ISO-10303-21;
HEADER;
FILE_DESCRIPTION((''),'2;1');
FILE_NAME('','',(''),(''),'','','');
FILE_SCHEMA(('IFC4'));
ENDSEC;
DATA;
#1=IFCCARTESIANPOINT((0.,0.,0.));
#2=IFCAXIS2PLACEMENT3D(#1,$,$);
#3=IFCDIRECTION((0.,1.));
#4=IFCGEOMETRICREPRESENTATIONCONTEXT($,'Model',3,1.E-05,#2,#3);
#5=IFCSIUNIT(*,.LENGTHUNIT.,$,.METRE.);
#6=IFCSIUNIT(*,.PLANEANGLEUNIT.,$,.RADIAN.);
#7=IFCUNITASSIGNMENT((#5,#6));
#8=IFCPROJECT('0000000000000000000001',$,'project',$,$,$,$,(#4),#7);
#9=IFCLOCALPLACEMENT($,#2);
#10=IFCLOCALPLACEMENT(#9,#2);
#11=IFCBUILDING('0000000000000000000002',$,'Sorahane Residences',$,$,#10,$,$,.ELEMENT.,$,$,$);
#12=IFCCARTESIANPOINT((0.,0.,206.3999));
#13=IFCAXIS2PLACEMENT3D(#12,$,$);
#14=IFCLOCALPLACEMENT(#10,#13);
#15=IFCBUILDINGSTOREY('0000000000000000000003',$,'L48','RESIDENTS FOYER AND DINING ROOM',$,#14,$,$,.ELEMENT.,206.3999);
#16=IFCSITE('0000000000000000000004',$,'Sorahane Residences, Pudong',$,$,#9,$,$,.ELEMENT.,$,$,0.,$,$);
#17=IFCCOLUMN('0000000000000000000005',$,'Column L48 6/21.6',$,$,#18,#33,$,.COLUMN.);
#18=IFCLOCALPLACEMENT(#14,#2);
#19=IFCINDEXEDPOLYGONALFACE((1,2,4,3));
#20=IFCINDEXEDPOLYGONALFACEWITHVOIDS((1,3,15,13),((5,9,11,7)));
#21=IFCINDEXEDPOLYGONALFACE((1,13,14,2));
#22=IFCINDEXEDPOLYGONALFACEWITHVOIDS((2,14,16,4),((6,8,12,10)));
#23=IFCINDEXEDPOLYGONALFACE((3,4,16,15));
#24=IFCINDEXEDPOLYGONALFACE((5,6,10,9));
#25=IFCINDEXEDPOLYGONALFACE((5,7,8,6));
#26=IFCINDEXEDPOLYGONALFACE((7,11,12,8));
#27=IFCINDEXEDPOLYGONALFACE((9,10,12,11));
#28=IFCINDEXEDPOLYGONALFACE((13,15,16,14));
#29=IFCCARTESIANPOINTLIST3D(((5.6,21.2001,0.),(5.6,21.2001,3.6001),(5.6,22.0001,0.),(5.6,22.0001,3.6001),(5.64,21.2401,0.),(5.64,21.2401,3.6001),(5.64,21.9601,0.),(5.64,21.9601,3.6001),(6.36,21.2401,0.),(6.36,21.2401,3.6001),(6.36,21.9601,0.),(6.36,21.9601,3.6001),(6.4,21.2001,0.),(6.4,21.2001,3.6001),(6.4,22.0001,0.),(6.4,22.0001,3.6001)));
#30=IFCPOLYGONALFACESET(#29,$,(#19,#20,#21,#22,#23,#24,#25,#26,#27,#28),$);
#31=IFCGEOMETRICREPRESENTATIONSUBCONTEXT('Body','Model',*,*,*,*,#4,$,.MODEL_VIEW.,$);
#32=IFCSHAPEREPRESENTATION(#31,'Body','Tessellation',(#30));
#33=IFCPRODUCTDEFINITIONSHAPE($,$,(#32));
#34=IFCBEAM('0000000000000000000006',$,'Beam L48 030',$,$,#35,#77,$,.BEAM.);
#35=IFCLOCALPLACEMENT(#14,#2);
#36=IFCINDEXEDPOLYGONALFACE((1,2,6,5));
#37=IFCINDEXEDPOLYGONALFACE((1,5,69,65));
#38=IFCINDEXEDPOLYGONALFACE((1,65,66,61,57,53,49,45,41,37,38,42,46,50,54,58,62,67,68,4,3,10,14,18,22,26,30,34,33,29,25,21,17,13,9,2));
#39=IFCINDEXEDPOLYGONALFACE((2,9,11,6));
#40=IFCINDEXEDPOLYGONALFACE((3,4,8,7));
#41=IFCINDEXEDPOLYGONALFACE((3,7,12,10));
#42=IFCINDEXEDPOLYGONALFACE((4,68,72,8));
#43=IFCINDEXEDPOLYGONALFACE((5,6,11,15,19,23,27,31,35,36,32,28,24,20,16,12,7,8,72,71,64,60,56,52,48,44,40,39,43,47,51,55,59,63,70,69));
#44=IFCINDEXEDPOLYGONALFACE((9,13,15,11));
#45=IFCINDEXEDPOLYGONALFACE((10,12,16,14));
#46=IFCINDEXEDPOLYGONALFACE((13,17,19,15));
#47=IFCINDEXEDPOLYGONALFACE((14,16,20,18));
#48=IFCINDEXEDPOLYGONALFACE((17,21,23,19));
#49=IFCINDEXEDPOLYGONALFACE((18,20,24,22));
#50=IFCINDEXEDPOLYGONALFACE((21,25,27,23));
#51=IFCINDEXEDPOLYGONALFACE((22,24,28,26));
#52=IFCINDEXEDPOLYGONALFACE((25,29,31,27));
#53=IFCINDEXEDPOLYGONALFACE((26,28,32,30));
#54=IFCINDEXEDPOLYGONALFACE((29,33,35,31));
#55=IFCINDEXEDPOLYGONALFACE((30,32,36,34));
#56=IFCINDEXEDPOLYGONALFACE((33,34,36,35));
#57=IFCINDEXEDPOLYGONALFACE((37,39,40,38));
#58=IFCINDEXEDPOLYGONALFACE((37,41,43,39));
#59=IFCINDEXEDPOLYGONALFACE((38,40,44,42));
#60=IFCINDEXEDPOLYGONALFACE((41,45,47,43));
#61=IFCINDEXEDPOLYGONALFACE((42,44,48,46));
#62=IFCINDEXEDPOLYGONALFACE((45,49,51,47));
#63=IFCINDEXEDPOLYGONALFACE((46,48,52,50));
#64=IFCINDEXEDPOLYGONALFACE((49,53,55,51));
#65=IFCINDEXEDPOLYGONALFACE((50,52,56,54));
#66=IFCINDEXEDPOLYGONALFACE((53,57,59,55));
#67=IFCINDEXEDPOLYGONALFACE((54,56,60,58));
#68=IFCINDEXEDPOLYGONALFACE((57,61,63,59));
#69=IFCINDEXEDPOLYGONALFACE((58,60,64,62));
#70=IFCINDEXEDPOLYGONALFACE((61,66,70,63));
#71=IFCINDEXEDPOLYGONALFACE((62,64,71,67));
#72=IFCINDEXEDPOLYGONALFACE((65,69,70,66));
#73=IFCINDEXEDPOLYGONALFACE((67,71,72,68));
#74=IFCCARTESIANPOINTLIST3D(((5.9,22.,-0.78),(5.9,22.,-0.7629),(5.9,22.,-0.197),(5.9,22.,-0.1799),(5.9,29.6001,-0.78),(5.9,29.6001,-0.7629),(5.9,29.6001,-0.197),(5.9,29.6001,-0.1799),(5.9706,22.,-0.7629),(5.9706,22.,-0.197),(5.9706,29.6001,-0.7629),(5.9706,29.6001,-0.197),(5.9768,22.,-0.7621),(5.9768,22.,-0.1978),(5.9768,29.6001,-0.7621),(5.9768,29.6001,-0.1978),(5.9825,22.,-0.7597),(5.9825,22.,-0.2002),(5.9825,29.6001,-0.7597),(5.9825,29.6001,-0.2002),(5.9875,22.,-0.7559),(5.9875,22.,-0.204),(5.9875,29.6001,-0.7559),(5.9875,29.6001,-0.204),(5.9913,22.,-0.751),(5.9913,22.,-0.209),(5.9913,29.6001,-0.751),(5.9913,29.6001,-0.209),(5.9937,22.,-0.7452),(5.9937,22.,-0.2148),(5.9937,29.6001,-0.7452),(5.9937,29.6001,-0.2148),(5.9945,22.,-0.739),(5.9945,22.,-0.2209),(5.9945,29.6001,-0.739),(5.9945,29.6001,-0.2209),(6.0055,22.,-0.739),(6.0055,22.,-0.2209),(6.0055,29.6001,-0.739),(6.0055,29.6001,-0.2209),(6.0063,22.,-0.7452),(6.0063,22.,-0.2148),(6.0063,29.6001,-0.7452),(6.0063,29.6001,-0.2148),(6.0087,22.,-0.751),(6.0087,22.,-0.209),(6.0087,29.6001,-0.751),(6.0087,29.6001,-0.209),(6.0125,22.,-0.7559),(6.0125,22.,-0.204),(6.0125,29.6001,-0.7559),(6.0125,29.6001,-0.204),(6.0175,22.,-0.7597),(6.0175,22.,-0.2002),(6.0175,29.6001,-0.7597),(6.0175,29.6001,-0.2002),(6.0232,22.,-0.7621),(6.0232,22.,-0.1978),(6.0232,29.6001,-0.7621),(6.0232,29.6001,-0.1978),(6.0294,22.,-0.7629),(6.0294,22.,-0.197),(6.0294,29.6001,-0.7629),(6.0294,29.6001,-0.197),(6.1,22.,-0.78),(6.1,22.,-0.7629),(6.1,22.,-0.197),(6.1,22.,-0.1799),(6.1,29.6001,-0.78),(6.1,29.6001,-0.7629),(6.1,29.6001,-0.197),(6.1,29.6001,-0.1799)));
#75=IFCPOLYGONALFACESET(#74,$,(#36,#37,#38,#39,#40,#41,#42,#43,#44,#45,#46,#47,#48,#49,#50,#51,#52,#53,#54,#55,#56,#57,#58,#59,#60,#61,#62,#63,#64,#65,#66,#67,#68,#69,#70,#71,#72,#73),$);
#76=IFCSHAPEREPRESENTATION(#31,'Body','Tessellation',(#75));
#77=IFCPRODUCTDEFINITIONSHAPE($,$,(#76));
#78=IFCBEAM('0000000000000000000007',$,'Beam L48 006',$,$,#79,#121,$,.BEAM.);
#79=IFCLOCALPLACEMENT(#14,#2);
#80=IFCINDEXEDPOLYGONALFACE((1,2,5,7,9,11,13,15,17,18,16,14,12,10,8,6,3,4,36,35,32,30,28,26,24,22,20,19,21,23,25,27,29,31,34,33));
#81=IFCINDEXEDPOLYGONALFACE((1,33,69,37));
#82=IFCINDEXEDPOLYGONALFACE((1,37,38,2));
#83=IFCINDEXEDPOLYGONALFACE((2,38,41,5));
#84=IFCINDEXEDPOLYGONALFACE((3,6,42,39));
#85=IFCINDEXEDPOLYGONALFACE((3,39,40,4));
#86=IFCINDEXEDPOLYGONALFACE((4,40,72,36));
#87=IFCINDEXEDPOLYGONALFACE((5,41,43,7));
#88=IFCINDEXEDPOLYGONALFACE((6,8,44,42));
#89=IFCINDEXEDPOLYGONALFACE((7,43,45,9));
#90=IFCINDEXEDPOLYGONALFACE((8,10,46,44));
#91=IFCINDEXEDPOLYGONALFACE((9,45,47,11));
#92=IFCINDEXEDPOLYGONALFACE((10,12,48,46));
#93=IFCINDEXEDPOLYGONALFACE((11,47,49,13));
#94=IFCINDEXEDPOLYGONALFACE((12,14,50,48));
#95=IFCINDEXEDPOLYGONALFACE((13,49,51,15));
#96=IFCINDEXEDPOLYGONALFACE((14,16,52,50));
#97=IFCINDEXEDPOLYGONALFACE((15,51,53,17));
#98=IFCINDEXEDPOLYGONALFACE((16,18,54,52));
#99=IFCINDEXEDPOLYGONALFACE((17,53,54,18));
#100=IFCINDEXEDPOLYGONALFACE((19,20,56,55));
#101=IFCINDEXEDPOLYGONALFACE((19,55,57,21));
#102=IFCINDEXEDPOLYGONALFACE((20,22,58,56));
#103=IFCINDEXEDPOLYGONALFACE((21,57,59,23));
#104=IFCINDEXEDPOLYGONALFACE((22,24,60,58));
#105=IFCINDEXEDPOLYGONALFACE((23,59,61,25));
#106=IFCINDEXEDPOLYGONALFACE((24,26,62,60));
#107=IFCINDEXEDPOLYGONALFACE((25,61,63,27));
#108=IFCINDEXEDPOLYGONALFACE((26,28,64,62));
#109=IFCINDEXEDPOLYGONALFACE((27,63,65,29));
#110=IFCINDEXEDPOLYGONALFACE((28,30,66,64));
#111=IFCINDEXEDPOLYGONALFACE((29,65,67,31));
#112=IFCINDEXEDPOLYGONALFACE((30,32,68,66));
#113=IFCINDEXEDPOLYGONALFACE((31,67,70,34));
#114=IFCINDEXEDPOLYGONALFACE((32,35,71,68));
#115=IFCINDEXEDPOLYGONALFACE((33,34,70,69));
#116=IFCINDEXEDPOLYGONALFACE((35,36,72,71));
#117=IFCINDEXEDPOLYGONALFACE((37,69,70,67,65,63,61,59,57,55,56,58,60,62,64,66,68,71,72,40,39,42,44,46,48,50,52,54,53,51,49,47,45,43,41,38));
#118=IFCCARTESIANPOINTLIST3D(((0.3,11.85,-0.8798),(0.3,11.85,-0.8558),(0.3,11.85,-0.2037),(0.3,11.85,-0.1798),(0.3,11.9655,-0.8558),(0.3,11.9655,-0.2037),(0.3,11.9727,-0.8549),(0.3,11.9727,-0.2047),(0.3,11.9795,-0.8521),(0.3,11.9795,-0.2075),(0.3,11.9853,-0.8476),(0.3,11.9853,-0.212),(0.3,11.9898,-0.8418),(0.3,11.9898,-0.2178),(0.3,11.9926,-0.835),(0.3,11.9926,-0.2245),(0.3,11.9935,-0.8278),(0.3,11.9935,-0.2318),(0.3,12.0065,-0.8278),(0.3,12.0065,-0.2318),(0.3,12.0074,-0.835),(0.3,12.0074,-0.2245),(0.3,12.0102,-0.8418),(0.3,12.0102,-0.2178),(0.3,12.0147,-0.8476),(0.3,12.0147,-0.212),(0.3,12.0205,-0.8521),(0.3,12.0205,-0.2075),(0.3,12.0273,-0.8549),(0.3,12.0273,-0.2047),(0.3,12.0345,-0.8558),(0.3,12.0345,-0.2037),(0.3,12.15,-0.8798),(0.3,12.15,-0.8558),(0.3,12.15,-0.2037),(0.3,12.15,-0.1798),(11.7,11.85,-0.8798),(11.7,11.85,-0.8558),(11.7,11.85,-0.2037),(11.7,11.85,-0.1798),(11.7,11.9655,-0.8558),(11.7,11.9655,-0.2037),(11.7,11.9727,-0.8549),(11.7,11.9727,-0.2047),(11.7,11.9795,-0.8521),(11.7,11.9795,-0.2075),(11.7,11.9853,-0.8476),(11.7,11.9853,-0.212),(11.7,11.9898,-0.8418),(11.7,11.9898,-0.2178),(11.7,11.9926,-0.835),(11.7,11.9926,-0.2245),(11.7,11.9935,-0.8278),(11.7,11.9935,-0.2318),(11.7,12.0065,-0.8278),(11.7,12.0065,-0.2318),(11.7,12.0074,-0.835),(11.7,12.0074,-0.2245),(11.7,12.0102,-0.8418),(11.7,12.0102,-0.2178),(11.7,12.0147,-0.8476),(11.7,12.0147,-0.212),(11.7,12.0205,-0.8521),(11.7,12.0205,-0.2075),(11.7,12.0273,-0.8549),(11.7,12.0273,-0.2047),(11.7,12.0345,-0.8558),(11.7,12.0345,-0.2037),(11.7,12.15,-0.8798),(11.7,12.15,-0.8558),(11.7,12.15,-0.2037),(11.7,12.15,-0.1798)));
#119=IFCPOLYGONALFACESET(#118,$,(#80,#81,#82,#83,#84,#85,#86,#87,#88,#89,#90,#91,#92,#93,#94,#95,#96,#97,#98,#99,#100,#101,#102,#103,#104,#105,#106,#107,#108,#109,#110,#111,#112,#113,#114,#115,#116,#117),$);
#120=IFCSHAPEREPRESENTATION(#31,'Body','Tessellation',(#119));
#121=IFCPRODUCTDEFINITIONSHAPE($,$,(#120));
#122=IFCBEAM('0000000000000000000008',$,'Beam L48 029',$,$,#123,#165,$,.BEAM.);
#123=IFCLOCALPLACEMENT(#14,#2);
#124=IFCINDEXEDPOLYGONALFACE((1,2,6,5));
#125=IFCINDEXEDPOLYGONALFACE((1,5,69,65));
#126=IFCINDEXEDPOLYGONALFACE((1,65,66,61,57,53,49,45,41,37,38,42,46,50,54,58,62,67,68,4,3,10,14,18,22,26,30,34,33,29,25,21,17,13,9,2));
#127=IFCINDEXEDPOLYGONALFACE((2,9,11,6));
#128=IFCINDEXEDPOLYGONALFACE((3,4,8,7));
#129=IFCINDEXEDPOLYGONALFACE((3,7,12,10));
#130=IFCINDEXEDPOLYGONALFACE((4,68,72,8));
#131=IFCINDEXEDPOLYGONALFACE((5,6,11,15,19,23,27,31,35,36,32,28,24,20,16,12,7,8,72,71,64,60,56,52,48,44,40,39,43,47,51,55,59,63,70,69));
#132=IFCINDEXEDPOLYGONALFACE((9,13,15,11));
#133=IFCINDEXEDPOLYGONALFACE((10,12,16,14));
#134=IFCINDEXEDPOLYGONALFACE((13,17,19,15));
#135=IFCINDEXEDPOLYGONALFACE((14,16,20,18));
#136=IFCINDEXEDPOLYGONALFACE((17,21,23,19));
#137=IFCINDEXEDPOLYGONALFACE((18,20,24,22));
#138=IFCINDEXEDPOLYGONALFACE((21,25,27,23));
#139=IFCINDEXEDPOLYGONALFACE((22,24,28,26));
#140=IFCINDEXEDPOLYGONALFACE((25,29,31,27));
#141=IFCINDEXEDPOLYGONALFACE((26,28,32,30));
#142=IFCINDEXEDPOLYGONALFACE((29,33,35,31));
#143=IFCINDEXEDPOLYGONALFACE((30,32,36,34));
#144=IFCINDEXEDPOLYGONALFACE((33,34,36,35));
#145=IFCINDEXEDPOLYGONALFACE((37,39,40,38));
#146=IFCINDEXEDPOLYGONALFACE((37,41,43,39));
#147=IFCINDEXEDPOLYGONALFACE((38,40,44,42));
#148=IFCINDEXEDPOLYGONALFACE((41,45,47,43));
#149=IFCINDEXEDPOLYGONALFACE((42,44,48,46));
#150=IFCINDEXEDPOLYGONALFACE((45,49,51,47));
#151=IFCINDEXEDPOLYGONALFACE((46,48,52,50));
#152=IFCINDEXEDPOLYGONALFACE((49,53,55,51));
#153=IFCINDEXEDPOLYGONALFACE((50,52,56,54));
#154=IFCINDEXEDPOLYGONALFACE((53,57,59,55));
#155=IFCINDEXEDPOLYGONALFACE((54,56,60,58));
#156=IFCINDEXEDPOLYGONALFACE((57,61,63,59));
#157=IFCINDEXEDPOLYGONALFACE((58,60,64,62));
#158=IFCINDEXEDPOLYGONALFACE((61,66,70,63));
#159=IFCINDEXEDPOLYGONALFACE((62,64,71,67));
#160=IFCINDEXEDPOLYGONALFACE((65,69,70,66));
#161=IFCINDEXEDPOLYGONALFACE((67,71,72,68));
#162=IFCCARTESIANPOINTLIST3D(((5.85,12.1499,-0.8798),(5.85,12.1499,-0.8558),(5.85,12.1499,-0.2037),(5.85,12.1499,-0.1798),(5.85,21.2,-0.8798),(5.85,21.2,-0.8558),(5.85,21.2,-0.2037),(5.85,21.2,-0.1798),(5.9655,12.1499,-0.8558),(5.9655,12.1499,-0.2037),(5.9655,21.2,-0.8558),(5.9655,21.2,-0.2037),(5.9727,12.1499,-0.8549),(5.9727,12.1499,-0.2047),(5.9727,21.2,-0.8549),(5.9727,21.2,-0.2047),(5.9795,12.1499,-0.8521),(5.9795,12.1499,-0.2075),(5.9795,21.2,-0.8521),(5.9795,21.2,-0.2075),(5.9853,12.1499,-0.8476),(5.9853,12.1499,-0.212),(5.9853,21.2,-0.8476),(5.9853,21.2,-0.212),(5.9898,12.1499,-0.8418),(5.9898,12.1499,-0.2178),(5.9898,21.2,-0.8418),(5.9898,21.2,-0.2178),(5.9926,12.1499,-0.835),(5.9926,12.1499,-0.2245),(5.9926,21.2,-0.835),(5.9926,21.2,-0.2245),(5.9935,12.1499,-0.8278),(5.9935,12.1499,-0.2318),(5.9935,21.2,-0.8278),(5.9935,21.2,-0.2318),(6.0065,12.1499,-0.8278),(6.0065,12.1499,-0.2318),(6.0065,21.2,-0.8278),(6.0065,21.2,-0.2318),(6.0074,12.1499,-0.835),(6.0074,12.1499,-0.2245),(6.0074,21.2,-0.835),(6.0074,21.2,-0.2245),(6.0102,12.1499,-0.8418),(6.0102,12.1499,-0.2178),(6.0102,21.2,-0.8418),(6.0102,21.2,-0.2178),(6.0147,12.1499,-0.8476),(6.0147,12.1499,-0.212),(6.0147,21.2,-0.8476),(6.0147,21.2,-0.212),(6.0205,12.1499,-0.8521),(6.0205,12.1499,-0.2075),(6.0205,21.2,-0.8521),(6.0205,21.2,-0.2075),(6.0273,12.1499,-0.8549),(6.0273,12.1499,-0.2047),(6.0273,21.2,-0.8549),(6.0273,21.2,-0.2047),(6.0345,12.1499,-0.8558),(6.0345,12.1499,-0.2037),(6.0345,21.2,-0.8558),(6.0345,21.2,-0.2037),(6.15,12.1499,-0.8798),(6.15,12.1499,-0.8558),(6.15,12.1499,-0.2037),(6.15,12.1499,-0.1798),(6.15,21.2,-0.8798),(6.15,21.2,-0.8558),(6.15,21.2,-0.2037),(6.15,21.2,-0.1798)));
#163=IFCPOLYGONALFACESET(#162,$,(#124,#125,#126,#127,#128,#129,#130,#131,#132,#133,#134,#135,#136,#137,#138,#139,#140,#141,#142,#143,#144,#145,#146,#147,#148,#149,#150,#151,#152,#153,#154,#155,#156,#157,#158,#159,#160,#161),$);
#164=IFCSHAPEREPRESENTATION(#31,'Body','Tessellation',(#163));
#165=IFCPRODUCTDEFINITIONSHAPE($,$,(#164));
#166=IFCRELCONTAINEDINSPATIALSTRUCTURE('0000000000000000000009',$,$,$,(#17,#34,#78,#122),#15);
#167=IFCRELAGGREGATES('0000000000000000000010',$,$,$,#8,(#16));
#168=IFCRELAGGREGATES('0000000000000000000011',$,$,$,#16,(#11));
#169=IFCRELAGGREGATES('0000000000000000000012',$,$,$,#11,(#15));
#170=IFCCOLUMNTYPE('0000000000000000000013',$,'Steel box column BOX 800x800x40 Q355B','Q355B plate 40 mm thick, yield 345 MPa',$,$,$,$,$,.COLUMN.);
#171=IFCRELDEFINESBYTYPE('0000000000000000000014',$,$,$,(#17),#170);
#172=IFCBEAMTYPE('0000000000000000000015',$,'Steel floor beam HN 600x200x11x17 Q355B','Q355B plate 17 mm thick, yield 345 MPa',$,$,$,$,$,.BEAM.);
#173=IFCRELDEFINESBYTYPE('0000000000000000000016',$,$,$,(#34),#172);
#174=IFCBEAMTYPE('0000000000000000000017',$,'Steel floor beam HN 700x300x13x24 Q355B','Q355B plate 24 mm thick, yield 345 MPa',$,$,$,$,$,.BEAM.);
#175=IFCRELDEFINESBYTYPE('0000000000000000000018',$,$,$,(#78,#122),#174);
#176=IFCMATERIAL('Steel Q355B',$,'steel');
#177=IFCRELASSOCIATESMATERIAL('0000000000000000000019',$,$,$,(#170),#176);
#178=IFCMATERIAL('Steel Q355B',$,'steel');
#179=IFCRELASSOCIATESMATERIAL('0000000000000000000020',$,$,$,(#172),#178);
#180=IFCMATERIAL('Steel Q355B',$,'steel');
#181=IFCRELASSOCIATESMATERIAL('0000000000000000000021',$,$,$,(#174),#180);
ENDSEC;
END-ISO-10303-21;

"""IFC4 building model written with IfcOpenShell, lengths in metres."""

from ifc_helpers import new_model, si_unit, direction, frame, origin, origin_2d, place, context, subcontext, project, spatial, hollow_rectangle, i_section, extrude, material, material_profile, profile_set, type_object, element, save


model = new_model("IFC4")

# Units and contexts
model_context = context("Model", 3, precision=1e-05, world=origin(), true_north=direction((0.0, 1.0)))
body_context = subcontext(model_context, "Body", "Model", "MODEL_VIEW")
ifc_project = project(units=[si_unit("LENGTHUNIT", "METRE"), si_unit("PLANEANGLEUNIT", "RADIAN")], contexts=[model_context])

# Site, building, storey
site_placement = place(None, origin())
site = spatial("IfcSite", under=ifc_project, at=site_placement, Name="Sorahane Residences, Pudong", CompositionType="ELEMENT", RefElevation=0.0)
building_placement = place(site_placement, origin())
building = spatial("IfcBuilding", under=site, at=building_placement, Name="Sorahane Residences", CompositionType="ELEMENT")
storey_placement = place(building_placement, frame((0.0, 0.0, 206.3999)))
storey = spatial("IfcBuildingStorey", under=building, at=storey_placement, Name="L48", Description="RESIDENTS FOYER AND DINING ROOM", CompositionType="ELEMENT", Elevation=206.3999)

# Column
ifc_material_1 = material(Name="Steel Q355B", Category="steel")
ifc_material_profile_1 = material_profile(ifc_material_1, hollow_rectangle(XDim=0.8, YDim=0.8, WallThickness=0.04, at=origin_2d()), Name="BOX 800x800x40")
ifc_profile_set_1 = profile_set([ifc_material_profile_1], Name="Steel Q355B")
column_type = type_object("IfcColumnType", Name="Steel box column BOX 800x800x40 Q355B", Description="Q355B plate 40 mm thick, yield 345 MPa", PredefinedType="COLUMN", material=ifc_profile_set_1)
column_placement = place(storey_placement, frame((6.0, 21.6001, 0.0), z_axis=(0.0, 0.0, 1.0), x_axis=(1.0, 0.0, 0.0)))
element("IfcColumn", 1, at=column_placement, inside=storey, type_object=column_type, Name="Column L48 6/21.6", PredefinedType="COLUMN", context=body_context, shape_type="SweptSolid", body=[
    extrude(hollow_rectangle(XDim=0.8, YDim=0.8, WallThickness=0.04, at=origin_2d()), origin(), (0.0, 0.0, 1.0), 3.6001),
])

# Beams
ifc_material_2 = material(Name="Steel Q355B", Category="steel")
ifc_material_profile_2 = material_profile(ifc_material_2, i_section(OverallWidth=0.2, OverallDepth=0.6001, WebThickness=0.011, FlangeThickness=0.0171, FilletRadius=0.0239, at=origin_2d()), Name="HN 600x200x11x17")
ifc_profile_set_2 = profile_set([ifc_material_profile_2], Name="Steel Q355B")
beam_type_1 = type_object("IfcBeamType", Name="Steel floor beam HN 600x200x11x17 Q355B", Description="Q355B plate 17 mm thick, yield 345 MPa", PredefinedType="BEAM", material=ifc_profile_set_2)
beam_1_placement = place(storey_placement, frame((6.0, 22.0, -0.48), z_axis=(0.0, 1.0, 0.0), x_axis=(-1.0, 0.0, 0.0)))
element("IfcBeam", 2, at=beam_1_placement, inside=storey, type_object=beam_type_1, Name="Beam L48 030", PredefinedType="BEAM", context=body_context, shape_type="SweptSolid", body=[
    extrude(i_section(OverallWidth=0.2, OverallDepth=0.6001, WebThickness=0.011, FlangeThickness=0.0171, FilletRadius=0.0239, at=origin_2d()), origin(), (0.0, 0.0, 1.0), 7.6001),
])
ifc_material_3 = material(Name="Steel Q355B", Category="steel")
ifc_material_profile_3 = material_profile(ifc_material_3, i_section(OverallWidth=0.3, OverallDepth=0.7, WebThickness=0.0129, FlangeThickness=0.0239, FilletRadius=0.0281, at=origin_2d()), Name="HN 700x300x13x24")
ifc_profile_set_3 = profile_set([ifc_material_profile_3], Name="Steel Q355B")
beam_type_2 = type_object("IfcBeamType", Name="Steel floor beam HN 700x300x13x24 Q355B", Description="Q355B plate 24 mm thick, yield 345 MPa", PredefinedType="BEAM", material=ifc_profile_set_3)
beam_2_placement = place(storey_placement, frame((0.3, 12.0, -0.5298), z_axis=(1.0, 0.0, 0.0), x_axis=(0.0, 1.0, 0.0)))
element("IfcBeam", 3, at=beam_2_placement, inside=storey, type_object=beam_type_2, Name="Beam L48 006", PredefinedType="BEAM", context=body_context, shape_type="SweptSolid", body=[
    extrude(i_section(OverallWidth=0.3, OverallDepth=0.7, WebThickness=0.0129, FlangeThickness=0.0239, FilletRadius=0.0281, at=origin_2d()), origin(), (0.0, 0.0, 1.0), 11.3999),
])
beam_3_placement = place(storey_placement, frame((6.0, 12.1499, -0.5298), z_axis=(0.0, 1.0, 0.0), x_axis=(-1.0, 0.0, 0.0)))
element("IfcBeam", 4, at=beam_3_placement, inside=storey, type_object=beam_type_2, Name="Beam L48 029", PredefinedType="BEAM", context=body_context, shape_type="SweptSolid", body=[
    extrude(i_section(OverallWidth=0.3, OverallDepth=0.7, WebThickness=0.0129, FlangeThickness=0.0239, FilletRadius=0.0281, at=origin_2d()), origin(), (0.0, 0.0, 1.0), 9.05),
])

save(model, "model.ifc")
